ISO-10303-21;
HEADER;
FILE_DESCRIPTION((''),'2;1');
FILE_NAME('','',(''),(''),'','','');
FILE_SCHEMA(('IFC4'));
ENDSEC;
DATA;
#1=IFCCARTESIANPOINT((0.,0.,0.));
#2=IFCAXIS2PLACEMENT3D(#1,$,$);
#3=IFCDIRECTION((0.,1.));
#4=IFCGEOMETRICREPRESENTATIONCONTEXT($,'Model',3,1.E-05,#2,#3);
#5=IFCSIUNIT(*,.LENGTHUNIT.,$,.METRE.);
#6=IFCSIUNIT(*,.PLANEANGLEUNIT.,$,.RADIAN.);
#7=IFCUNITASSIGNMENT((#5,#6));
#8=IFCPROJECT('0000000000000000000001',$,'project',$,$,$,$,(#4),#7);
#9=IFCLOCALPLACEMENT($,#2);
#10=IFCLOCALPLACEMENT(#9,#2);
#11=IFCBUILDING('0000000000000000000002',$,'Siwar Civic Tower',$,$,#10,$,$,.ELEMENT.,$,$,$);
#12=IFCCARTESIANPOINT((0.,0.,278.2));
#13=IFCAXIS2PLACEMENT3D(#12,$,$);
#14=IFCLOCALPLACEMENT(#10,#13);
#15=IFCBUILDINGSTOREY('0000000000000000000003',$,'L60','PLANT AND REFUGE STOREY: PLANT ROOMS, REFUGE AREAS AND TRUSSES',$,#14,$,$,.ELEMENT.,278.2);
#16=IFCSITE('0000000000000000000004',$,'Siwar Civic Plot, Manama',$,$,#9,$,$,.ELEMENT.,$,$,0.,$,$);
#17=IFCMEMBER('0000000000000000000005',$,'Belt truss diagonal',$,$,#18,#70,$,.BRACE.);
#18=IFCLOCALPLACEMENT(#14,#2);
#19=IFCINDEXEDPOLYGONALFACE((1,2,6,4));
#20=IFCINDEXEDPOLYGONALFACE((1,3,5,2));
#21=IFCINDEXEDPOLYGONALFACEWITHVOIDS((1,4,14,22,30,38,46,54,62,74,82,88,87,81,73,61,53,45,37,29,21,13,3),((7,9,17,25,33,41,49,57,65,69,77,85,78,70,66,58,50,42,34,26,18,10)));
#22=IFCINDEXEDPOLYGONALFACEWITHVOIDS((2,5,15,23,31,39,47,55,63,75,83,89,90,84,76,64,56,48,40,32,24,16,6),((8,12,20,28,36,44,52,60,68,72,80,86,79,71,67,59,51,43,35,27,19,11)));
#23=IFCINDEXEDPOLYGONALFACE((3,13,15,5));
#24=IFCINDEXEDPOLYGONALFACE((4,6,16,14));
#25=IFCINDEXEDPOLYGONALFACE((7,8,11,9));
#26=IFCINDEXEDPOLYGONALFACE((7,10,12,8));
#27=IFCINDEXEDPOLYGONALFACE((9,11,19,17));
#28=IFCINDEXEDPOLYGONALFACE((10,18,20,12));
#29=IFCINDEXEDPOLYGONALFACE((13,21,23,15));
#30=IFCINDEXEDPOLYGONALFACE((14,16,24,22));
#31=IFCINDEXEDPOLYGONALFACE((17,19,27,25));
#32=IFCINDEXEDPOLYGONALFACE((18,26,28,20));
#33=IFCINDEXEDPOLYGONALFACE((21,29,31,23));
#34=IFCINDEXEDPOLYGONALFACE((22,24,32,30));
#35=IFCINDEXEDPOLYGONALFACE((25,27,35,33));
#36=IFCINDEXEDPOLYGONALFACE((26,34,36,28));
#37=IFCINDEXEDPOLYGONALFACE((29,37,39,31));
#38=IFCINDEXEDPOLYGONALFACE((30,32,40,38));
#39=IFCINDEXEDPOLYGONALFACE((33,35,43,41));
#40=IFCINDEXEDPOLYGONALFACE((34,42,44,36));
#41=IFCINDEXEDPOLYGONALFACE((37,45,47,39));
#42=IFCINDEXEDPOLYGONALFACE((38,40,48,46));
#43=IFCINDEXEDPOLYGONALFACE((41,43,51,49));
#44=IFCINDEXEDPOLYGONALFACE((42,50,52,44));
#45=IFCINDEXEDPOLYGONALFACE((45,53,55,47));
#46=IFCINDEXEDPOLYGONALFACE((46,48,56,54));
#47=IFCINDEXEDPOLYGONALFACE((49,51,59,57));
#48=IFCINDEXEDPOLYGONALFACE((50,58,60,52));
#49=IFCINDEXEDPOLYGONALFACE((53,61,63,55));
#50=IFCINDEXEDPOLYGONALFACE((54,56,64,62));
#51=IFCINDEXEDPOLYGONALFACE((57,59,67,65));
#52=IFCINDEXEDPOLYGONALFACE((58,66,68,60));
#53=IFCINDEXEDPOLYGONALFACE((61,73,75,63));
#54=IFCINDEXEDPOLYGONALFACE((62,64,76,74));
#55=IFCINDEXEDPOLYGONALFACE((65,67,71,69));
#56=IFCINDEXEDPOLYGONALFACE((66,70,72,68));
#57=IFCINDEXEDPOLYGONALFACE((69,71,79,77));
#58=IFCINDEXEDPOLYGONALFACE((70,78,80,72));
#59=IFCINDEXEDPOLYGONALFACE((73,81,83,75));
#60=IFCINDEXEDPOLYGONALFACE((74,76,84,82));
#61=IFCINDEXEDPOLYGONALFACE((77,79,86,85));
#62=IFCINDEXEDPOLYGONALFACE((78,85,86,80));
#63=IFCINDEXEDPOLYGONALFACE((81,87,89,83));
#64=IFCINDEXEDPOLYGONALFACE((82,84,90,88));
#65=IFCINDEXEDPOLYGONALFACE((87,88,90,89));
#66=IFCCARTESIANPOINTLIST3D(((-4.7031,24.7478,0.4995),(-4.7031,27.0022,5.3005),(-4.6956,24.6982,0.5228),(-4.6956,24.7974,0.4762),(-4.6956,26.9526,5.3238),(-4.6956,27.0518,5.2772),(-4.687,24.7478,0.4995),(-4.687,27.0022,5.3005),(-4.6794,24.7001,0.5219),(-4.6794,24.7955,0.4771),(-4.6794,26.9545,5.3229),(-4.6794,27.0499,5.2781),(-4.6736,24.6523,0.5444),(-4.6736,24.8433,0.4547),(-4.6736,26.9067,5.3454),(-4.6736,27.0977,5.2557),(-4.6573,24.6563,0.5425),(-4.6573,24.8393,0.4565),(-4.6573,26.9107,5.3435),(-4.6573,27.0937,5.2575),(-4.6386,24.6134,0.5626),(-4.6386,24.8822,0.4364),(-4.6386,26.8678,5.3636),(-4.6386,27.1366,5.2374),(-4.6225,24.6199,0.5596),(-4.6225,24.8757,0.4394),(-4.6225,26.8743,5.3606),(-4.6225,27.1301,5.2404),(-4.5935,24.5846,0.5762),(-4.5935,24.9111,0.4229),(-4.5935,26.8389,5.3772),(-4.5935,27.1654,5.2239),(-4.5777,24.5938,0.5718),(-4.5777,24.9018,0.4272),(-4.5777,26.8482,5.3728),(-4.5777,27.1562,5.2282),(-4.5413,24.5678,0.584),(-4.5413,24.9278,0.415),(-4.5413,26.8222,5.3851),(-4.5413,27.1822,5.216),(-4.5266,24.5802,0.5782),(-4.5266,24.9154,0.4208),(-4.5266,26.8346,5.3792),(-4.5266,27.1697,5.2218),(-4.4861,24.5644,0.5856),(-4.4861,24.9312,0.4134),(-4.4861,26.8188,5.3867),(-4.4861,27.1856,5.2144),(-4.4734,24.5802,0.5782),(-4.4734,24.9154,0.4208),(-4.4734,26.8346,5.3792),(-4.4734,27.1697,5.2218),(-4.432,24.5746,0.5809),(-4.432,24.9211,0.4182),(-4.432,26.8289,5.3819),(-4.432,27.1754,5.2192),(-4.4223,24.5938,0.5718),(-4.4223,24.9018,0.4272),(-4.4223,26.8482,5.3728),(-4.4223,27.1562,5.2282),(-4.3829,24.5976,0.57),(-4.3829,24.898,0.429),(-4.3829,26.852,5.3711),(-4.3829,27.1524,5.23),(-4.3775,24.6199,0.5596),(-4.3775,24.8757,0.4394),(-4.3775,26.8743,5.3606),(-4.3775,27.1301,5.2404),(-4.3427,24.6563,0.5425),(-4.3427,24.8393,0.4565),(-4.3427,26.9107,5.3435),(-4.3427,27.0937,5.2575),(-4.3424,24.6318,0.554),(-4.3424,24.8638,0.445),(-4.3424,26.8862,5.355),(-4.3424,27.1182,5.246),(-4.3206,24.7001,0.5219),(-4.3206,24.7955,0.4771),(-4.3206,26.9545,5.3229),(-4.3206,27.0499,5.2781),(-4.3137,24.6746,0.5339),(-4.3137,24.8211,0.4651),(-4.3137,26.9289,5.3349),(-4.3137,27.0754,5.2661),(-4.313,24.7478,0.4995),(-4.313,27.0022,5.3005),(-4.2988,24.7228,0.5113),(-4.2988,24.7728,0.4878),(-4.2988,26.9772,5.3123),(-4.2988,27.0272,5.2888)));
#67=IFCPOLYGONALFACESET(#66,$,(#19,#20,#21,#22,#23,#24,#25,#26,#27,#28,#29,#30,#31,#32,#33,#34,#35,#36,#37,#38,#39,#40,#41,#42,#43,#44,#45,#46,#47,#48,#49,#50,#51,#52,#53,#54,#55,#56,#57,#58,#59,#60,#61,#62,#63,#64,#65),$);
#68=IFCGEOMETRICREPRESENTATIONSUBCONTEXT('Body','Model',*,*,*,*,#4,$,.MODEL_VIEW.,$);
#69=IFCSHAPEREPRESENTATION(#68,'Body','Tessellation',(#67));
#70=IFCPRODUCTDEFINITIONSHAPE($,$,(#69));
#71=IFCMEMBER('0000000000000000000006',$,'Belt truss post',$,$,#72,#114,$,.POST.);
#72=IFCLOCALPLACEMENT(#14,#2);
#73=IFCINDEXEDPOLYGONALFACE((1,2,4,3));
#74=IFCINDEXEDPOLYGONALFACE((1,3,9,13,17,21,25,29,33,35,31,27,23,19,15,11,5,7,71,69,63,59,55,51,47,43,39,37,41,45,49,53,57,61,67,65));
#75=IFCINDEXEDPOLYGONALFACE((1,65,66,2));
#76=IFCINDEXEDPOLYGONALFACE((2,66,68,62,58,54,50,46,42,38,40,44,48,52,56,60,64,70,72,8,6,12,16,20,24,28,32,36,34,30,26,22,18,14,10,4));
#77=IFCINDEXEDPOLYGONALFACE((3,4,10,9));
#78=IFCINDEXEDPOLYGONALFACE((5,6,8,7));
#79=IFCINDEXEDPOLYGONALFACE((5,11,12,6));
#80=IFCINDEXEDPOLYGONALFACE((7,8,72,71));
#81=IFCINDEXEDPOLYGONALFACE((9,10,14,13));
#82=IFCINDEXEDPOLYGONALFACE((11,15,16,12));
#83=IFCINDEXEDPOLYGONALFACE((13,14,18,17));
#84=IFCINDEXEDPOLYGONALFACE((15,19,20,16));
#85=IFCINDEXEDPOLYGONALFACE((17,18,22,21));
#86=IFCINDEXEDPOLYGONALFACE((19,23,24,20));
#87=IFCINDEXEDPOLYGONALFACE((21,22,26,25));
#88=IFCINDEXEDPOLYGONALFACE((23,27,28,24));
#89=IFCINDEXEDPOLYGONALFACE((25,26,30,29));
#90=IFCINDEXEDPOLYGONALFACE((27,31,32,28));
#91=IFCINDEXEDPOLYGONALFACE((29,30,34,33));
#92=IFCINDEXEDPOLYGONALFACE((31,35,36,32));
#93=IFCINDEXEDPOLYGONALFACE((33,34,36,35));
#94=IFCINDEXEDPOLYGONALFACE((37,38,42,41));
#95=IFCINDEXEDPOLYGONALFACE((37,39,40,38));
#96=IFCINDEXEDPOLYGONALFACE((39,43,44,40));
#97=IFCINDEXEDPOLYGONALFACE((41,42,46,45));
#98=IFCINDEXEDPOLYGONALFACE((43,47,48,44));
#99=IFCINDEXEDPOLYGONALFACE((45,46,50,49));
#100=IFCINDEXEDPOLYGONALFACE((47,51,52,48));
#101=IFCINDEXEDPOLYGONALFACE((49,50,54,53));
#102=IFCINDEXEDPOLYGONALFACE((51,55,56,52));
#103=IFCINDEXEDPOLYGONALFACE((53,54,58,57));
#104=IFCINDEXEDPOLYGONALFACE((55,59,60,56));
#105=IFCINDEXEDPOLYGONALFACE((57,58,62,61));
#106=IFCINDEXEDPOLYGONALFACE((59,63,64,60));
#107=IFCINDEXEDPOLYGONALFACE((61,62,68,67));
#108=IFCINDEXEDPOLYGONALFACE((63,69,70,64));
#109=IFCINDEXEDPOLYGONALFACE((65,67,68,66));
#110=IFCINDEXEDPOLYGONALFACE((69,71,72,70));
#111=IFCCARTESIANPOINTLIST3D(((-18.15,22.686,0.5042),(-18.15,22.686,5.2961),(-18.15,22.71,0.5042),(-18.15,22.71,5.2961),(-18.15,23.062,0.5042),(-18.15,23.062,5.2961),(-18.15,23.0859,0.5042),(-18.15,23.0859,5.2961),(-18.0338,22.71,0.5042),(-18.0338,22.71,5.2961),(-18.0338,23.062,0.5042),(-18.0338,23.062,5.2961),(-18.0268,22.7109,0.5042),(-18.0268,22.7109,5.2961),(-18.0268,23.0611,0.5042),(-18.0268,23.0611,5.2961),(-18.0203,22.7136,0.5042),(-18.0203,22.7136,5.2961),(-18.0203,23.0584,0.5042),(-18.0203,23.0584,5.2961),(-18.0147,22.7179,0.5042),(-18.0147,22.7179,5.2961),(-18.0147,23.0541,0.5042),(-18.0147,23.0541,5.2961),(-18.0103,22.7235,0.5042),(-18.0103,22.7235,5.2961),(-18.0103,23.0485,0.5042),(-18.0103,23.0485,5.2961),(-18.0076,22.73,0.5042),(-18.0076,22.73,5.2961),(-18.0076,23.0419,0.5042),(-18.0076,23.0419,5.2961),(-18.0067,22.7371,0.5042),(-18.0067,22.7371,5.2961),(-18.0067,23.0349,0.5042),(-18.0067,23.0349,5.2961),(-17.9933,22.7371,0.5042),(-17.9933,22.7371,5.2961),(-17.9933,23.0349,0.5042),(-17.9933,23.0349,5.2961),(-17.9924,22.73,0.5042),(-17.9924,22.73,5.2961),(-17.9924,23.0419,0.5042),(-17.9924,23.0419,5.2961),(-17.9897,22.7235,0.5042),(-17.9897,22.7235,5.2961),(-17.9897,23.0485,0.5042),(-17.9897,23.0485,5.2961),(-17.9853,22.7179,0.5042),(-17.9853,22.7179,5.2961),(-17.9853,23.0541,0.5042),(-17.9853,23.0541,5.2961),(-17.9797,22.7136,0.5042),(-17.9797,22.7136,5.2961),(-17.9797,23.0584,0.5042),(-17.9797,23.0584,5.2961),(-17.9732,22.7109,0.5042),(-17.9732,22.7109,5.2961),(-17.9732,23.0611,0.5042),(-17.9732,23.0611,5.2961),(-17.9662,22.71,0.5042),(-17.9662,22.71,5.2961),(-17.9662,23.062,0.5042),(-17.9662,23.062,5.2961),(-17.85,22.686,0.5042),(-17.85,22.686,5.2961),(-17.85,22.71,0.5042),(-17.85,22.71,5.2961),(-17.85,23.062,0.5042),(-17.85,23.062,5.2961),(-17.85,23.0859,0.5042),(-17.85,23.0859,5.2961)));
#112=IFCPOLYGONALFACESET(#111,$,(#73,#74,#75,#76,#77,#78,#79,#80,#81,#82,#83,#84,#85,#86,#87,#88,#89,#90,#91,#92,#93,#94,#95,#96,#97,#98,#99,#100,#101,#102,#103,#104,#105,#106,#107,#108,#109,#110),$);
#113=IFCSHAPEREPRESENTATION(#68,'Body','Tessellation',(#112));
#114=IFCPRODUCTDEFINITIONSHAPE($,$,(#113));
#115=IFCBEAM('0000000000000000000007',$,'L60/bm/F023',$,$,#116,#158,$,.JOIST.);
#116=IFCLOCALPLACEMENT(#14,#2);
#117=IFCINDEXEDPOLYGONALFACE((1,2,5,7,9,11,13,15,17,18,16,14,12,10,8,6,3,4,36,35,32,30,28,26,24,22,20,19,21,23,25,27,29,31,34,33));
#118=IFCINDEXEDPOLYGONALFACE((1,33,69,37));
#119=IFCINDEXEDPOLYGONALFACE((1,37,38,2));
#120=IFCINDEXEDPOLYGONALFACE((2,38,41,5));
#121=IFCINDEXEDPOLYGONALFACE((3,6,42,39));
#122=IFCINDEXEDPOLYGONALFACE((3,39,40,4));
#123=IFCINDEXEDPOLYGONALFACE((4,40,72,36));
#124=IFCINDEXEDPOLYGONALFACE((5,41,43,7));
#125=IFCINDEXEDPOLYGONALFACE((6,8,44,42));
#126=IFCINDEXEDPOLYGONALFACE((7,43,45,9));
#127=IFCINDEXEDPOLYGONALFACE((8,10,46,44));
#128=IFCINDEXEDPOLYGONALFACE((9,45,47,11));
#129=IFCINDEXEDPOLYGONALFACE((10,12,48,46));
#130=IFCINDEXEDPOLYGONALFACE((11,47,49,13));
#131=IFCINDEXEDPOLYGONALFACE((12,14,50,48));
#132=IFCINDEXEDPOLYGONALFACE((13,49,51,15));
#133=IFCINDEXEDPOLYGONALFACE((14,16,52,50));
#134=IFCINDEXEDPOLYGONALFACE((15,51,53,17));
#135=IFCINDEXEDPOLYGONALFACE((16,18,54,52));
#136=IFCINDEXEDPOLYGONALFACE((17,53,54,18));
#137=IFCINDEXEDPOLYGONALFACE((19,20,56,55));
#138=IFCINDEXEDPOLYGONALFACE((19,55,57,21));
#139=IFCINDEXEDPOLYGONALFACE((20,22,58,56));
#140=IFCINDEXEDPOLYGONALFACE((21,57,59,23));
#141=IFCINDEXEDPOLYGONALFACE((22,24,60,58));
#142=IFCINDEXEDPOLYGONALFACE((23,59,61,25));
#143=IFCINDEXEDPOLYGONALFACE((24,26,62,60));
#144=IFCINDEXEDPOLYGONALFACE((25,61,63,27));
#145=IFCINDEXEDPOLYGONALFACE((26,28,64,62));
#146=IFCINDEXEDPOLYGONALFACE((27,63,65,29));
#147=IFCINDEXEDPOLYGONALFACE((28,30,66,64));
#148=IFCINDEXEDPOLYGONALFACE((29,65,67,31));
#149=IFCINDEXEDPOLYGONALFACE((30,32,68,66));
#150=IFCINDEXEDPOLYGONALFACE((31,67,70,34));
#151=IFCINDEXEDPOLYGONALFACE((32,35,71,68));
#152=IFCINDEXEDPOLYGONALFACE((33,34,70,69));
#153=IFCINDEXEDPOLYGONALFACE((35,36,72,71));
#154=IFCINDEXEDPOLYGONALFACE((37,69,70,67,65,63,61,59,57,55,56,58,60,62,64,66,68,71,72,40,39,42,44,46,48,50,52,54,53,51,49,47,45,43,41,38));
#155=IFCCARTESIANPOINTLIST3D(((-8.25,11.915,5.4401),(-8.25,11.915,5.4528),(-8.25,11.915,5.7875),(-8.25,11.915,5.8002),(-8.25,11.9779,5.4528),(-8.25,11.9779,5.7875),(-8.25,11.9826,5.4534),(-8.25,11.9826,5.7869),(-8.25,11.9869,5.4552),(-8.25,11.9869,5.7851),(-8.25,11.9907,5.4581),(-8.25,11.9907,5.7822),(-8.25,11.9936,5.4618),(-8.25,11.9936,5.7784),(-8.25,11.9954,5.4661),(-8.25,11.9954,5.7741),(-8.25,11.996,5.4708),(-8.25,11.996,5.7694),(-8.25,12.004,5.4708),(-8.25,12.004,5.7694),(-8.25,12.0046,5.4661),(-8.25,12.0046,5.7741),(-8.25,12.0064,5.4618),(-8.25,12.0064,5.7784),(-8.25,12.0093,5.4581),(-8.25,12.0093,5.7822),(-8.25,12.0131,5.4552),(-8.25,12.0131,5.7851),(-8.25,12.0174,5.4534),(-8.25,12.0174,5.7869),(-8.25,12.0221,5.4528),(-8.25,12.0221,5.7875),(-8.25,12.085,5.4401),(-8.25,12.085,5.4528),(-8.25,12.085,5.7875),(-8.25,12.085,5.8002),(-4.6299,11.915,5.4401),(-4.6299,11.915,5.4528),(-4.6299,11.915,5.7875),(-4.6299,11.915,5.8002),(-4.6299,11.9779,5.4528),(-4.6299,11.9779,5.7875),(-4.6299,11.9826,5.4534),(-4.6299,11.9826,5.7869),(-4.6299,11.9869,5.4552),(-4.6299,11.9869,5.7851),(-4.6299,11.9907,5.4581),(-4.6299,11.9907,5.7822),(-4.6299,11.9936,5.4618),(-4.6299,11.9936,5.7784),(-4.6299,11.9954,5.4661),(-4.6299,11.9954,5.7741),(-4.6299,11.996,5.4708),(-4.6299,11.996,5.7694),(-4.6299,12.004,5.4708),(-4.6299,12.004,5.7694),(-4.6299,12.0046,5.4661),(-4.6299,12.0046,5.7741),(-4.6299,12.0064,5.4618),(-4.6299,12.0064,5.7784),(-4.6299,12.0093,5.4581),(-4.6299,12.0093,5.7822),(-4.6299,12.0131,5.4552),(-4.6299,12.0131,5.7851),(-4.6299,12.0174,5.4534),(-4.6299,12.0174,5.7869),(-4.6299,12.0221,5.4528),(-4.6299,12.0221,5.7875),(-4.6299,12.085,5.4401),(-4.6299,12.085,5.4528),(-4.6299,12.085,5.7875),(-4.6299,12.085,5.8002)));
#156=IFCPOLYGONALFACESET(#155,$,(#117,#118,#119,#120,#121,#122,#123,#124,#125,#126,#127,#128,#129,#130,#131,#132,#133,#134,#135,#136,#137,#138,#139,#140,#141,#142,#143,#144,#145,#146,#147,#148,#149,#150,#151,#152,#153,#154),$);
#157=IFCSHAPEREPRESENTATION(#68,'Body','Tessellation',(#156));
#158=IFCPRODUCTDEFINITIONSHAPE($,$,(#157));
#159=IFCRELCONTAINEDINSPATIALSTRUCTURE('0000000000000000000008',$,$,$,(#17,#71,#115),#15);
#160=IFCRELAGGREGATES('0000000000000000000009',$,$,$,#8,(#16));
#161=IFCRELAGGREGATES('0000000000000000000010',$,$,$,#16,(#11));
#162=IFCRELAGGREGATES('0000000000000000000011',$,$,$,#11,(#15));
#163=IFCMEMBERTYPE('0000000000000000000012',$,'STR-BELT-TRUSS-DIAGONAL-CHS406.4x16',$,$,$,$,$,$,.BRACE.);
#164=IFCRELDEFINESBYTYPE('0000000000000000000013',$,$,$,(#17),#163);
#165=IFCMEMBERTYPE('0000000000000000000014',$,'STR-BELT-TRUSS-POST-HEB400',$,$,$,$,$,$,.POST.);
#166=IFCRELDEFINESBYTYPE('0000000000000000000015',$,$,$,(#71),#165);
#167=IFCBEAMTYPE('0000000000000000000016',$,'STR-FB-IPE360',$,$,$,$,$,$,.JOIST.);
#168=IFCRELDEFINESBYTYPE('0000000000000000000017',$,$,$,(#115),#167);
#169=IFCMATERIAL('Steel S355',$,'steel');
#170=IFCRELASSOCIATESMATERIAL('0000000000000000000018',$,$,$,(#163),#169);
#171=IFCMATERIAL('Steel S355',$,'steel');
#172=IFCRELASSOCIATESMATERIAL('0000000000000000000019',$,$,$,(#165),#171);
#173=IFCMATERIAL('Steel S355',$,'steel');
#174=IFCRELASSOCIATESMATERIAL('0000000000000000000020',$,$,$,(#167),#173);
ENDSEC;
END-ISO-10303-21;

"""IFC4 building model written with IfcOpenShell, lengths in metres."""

from ifc_helpers import new_model, si_unit, direction, frame, origin, origin_2d, place, context, subcontext, project, spatial, hollow_circle, i_section, extrude, material, material_profile, profile_set, type_object, element, save


model = new_model("IFC4")

# Units and contexts
model_context = context("Model", 3, precision=1e-05, world=origin(), true_north=direction((0.0, 1.0)))
body_context = subcontext(model_context, "Body", "Model", "MODEL_VIEW")
ifc_project = project(units=[si_unit("LENGTHUNIT", "METRE"), si_unit("PLANEANGLEUNIT", "RADIAN")], contexts=[model_context])

# Site, building, storey
site_placement = place(None, origin())
site = spatial("IfcSite", under=ifc_project, at=site_placement, Name="Siwar Civic Plot, Manama", CompositionType="ELEMENT", RefElevation=0.0)
building_placement = place(site_placement, origin())
building = spatial("IfcBuilding", under=site, at=building_placement, Name="Siwar Civic Tower", CompositionType="ELEMENT")
storey_placement = place(building_placement, frame((0.0, 0.0, 278.2)))
storey = spatial("IfcBuildingStorey", under=building, at=storey_placement, Name="L60", Description="PLANT AND REFUGE STOREY: PLANT ROOMS, REFUGE AREAS AND TRUSSES", CompositionType="ELEMENT", Elevation=278.2)

# Members
ifc_material_1 = material(Name="Steel S355", Category="steel")
ifc_material_profile_1 = material_profile(ifc_material_1, hollow_circle(Radius=0.2031, WallThickness=0.0161, at=origin_2d()), Name="CHS406.4x16")
ifc_profile_set_1 = profile_set([ifc_material_profile_1], Name="Steel S355")
member_type_1 = type_object("IfcMemberType", Name="STR-BELT-TRUSS-DIAGONAL-CHS406.4x16", PredefinedType="BRACE", material=ifc_profile_set_1)
member_1_placement = place(storey_placement, frame((-4.5, 24.7478, 0.4995), z_axis=(0.0, 0.425039, 0.905175), x_axis=(-1.0, 0.0, 0.0)))
element("IfcMember", 1, at=member_1_placement, inside=storey, type_object=member_type_1, Name="Belt truss diagonal", PredefinedType="BRACE", context=body_context, shape_type="SweptSolid", body=[
    extrude(hollow_circle(Radius=0.2031, WallThickness=0.0161, at=origin_2d()), origin(), (0.0, 0.0, 1.0), 5.304),
])
ifc_material_2 = material(Name="Steel S355", Category="steel")
ifc_material_profile_2 = material_profile(ifc_material_2, i_section(OverallWidth=0.3, OverallDepth=0.3999, WebThickness=0.0134, FlangeThickness=0.0239, FilletRadius=0.0271, at=origin_2d()), Name="HEB400")
ifc_profile_set_2 = profile_set([ifc_material_profile_2], Name="Steel S355")
member_type_2 = type_object("IfcMemberType", Name="STR-BELT-TRUSS-POST-HEB400", PredefinedType="POST", material=ifc_profile_set_2)
member_2_placement = place(storey_placement, frame((-18.0, 22.886, 0.5042), z_axis=(0.0, 0.0, 1.0), x_axis=(1.0, 0.0, 0.0)))
element("IfcMember", 2, at=member_2_placement, inside=storey, type_object=member_type_2, Name="Belt truss post", PredefinedType="POST", context=body_context, shape_type="SweptSolid", body=[
    extrude(i_section(OverallWidth=0.3, OverallDepth=0.3999, WebThickness=0.0134, FlangeThickness=0.0239, FilletRadius=0.0271, at=origin_2d()), origin(), (0.0, 0.0, 1.0), 4.792),
])

# Beam
ifc_material_3 = material(Name="Steel S355", Category="steel")
ifc_material_profile_3 = material_profile(ifc_material_3, i_section(OverallWidth=0.1699, OverallDepth=0.3601, WebThickness=0.0081, FlangeThickness=0.0127, FilletRadius=0.0181, at=origin_2d()), Name="IPE360")
ifc_profile_set_3 = profile_set([ifc_material_profile_3], Name="Steel S355")
beam_type_1 = type_object("IfcBeamType", Name="STR-FB-IPE360", PredefinedType="JOIST", material=ifc_profile_set_3)
beam_1_placement = place(storey_placement, frame((-8.25, 12.0, 5.6201), z_axis=(1.0, 0.0, 0.0), x_axis=(0.0, 1.0, 0.0)))
element("IfcBeam", 3, at=beam_1_placement, inside=storey, type_object=beam_type_1, Name="L60/bm/F023", PredefinedType="JOIST", context=body_context, shape_type="SweptSolid", body=[
    extrude(i_section(OverallWidth=0.1699, OverallDepth=0.3601, WebThickness=0.0081, FlangeThickness=0.0127, FilletRadius=0.0181, at=origin_2d()), origin(), (0.0, 0.0, 1.0), 3.6201),
])

save(model, "model.ifc")
